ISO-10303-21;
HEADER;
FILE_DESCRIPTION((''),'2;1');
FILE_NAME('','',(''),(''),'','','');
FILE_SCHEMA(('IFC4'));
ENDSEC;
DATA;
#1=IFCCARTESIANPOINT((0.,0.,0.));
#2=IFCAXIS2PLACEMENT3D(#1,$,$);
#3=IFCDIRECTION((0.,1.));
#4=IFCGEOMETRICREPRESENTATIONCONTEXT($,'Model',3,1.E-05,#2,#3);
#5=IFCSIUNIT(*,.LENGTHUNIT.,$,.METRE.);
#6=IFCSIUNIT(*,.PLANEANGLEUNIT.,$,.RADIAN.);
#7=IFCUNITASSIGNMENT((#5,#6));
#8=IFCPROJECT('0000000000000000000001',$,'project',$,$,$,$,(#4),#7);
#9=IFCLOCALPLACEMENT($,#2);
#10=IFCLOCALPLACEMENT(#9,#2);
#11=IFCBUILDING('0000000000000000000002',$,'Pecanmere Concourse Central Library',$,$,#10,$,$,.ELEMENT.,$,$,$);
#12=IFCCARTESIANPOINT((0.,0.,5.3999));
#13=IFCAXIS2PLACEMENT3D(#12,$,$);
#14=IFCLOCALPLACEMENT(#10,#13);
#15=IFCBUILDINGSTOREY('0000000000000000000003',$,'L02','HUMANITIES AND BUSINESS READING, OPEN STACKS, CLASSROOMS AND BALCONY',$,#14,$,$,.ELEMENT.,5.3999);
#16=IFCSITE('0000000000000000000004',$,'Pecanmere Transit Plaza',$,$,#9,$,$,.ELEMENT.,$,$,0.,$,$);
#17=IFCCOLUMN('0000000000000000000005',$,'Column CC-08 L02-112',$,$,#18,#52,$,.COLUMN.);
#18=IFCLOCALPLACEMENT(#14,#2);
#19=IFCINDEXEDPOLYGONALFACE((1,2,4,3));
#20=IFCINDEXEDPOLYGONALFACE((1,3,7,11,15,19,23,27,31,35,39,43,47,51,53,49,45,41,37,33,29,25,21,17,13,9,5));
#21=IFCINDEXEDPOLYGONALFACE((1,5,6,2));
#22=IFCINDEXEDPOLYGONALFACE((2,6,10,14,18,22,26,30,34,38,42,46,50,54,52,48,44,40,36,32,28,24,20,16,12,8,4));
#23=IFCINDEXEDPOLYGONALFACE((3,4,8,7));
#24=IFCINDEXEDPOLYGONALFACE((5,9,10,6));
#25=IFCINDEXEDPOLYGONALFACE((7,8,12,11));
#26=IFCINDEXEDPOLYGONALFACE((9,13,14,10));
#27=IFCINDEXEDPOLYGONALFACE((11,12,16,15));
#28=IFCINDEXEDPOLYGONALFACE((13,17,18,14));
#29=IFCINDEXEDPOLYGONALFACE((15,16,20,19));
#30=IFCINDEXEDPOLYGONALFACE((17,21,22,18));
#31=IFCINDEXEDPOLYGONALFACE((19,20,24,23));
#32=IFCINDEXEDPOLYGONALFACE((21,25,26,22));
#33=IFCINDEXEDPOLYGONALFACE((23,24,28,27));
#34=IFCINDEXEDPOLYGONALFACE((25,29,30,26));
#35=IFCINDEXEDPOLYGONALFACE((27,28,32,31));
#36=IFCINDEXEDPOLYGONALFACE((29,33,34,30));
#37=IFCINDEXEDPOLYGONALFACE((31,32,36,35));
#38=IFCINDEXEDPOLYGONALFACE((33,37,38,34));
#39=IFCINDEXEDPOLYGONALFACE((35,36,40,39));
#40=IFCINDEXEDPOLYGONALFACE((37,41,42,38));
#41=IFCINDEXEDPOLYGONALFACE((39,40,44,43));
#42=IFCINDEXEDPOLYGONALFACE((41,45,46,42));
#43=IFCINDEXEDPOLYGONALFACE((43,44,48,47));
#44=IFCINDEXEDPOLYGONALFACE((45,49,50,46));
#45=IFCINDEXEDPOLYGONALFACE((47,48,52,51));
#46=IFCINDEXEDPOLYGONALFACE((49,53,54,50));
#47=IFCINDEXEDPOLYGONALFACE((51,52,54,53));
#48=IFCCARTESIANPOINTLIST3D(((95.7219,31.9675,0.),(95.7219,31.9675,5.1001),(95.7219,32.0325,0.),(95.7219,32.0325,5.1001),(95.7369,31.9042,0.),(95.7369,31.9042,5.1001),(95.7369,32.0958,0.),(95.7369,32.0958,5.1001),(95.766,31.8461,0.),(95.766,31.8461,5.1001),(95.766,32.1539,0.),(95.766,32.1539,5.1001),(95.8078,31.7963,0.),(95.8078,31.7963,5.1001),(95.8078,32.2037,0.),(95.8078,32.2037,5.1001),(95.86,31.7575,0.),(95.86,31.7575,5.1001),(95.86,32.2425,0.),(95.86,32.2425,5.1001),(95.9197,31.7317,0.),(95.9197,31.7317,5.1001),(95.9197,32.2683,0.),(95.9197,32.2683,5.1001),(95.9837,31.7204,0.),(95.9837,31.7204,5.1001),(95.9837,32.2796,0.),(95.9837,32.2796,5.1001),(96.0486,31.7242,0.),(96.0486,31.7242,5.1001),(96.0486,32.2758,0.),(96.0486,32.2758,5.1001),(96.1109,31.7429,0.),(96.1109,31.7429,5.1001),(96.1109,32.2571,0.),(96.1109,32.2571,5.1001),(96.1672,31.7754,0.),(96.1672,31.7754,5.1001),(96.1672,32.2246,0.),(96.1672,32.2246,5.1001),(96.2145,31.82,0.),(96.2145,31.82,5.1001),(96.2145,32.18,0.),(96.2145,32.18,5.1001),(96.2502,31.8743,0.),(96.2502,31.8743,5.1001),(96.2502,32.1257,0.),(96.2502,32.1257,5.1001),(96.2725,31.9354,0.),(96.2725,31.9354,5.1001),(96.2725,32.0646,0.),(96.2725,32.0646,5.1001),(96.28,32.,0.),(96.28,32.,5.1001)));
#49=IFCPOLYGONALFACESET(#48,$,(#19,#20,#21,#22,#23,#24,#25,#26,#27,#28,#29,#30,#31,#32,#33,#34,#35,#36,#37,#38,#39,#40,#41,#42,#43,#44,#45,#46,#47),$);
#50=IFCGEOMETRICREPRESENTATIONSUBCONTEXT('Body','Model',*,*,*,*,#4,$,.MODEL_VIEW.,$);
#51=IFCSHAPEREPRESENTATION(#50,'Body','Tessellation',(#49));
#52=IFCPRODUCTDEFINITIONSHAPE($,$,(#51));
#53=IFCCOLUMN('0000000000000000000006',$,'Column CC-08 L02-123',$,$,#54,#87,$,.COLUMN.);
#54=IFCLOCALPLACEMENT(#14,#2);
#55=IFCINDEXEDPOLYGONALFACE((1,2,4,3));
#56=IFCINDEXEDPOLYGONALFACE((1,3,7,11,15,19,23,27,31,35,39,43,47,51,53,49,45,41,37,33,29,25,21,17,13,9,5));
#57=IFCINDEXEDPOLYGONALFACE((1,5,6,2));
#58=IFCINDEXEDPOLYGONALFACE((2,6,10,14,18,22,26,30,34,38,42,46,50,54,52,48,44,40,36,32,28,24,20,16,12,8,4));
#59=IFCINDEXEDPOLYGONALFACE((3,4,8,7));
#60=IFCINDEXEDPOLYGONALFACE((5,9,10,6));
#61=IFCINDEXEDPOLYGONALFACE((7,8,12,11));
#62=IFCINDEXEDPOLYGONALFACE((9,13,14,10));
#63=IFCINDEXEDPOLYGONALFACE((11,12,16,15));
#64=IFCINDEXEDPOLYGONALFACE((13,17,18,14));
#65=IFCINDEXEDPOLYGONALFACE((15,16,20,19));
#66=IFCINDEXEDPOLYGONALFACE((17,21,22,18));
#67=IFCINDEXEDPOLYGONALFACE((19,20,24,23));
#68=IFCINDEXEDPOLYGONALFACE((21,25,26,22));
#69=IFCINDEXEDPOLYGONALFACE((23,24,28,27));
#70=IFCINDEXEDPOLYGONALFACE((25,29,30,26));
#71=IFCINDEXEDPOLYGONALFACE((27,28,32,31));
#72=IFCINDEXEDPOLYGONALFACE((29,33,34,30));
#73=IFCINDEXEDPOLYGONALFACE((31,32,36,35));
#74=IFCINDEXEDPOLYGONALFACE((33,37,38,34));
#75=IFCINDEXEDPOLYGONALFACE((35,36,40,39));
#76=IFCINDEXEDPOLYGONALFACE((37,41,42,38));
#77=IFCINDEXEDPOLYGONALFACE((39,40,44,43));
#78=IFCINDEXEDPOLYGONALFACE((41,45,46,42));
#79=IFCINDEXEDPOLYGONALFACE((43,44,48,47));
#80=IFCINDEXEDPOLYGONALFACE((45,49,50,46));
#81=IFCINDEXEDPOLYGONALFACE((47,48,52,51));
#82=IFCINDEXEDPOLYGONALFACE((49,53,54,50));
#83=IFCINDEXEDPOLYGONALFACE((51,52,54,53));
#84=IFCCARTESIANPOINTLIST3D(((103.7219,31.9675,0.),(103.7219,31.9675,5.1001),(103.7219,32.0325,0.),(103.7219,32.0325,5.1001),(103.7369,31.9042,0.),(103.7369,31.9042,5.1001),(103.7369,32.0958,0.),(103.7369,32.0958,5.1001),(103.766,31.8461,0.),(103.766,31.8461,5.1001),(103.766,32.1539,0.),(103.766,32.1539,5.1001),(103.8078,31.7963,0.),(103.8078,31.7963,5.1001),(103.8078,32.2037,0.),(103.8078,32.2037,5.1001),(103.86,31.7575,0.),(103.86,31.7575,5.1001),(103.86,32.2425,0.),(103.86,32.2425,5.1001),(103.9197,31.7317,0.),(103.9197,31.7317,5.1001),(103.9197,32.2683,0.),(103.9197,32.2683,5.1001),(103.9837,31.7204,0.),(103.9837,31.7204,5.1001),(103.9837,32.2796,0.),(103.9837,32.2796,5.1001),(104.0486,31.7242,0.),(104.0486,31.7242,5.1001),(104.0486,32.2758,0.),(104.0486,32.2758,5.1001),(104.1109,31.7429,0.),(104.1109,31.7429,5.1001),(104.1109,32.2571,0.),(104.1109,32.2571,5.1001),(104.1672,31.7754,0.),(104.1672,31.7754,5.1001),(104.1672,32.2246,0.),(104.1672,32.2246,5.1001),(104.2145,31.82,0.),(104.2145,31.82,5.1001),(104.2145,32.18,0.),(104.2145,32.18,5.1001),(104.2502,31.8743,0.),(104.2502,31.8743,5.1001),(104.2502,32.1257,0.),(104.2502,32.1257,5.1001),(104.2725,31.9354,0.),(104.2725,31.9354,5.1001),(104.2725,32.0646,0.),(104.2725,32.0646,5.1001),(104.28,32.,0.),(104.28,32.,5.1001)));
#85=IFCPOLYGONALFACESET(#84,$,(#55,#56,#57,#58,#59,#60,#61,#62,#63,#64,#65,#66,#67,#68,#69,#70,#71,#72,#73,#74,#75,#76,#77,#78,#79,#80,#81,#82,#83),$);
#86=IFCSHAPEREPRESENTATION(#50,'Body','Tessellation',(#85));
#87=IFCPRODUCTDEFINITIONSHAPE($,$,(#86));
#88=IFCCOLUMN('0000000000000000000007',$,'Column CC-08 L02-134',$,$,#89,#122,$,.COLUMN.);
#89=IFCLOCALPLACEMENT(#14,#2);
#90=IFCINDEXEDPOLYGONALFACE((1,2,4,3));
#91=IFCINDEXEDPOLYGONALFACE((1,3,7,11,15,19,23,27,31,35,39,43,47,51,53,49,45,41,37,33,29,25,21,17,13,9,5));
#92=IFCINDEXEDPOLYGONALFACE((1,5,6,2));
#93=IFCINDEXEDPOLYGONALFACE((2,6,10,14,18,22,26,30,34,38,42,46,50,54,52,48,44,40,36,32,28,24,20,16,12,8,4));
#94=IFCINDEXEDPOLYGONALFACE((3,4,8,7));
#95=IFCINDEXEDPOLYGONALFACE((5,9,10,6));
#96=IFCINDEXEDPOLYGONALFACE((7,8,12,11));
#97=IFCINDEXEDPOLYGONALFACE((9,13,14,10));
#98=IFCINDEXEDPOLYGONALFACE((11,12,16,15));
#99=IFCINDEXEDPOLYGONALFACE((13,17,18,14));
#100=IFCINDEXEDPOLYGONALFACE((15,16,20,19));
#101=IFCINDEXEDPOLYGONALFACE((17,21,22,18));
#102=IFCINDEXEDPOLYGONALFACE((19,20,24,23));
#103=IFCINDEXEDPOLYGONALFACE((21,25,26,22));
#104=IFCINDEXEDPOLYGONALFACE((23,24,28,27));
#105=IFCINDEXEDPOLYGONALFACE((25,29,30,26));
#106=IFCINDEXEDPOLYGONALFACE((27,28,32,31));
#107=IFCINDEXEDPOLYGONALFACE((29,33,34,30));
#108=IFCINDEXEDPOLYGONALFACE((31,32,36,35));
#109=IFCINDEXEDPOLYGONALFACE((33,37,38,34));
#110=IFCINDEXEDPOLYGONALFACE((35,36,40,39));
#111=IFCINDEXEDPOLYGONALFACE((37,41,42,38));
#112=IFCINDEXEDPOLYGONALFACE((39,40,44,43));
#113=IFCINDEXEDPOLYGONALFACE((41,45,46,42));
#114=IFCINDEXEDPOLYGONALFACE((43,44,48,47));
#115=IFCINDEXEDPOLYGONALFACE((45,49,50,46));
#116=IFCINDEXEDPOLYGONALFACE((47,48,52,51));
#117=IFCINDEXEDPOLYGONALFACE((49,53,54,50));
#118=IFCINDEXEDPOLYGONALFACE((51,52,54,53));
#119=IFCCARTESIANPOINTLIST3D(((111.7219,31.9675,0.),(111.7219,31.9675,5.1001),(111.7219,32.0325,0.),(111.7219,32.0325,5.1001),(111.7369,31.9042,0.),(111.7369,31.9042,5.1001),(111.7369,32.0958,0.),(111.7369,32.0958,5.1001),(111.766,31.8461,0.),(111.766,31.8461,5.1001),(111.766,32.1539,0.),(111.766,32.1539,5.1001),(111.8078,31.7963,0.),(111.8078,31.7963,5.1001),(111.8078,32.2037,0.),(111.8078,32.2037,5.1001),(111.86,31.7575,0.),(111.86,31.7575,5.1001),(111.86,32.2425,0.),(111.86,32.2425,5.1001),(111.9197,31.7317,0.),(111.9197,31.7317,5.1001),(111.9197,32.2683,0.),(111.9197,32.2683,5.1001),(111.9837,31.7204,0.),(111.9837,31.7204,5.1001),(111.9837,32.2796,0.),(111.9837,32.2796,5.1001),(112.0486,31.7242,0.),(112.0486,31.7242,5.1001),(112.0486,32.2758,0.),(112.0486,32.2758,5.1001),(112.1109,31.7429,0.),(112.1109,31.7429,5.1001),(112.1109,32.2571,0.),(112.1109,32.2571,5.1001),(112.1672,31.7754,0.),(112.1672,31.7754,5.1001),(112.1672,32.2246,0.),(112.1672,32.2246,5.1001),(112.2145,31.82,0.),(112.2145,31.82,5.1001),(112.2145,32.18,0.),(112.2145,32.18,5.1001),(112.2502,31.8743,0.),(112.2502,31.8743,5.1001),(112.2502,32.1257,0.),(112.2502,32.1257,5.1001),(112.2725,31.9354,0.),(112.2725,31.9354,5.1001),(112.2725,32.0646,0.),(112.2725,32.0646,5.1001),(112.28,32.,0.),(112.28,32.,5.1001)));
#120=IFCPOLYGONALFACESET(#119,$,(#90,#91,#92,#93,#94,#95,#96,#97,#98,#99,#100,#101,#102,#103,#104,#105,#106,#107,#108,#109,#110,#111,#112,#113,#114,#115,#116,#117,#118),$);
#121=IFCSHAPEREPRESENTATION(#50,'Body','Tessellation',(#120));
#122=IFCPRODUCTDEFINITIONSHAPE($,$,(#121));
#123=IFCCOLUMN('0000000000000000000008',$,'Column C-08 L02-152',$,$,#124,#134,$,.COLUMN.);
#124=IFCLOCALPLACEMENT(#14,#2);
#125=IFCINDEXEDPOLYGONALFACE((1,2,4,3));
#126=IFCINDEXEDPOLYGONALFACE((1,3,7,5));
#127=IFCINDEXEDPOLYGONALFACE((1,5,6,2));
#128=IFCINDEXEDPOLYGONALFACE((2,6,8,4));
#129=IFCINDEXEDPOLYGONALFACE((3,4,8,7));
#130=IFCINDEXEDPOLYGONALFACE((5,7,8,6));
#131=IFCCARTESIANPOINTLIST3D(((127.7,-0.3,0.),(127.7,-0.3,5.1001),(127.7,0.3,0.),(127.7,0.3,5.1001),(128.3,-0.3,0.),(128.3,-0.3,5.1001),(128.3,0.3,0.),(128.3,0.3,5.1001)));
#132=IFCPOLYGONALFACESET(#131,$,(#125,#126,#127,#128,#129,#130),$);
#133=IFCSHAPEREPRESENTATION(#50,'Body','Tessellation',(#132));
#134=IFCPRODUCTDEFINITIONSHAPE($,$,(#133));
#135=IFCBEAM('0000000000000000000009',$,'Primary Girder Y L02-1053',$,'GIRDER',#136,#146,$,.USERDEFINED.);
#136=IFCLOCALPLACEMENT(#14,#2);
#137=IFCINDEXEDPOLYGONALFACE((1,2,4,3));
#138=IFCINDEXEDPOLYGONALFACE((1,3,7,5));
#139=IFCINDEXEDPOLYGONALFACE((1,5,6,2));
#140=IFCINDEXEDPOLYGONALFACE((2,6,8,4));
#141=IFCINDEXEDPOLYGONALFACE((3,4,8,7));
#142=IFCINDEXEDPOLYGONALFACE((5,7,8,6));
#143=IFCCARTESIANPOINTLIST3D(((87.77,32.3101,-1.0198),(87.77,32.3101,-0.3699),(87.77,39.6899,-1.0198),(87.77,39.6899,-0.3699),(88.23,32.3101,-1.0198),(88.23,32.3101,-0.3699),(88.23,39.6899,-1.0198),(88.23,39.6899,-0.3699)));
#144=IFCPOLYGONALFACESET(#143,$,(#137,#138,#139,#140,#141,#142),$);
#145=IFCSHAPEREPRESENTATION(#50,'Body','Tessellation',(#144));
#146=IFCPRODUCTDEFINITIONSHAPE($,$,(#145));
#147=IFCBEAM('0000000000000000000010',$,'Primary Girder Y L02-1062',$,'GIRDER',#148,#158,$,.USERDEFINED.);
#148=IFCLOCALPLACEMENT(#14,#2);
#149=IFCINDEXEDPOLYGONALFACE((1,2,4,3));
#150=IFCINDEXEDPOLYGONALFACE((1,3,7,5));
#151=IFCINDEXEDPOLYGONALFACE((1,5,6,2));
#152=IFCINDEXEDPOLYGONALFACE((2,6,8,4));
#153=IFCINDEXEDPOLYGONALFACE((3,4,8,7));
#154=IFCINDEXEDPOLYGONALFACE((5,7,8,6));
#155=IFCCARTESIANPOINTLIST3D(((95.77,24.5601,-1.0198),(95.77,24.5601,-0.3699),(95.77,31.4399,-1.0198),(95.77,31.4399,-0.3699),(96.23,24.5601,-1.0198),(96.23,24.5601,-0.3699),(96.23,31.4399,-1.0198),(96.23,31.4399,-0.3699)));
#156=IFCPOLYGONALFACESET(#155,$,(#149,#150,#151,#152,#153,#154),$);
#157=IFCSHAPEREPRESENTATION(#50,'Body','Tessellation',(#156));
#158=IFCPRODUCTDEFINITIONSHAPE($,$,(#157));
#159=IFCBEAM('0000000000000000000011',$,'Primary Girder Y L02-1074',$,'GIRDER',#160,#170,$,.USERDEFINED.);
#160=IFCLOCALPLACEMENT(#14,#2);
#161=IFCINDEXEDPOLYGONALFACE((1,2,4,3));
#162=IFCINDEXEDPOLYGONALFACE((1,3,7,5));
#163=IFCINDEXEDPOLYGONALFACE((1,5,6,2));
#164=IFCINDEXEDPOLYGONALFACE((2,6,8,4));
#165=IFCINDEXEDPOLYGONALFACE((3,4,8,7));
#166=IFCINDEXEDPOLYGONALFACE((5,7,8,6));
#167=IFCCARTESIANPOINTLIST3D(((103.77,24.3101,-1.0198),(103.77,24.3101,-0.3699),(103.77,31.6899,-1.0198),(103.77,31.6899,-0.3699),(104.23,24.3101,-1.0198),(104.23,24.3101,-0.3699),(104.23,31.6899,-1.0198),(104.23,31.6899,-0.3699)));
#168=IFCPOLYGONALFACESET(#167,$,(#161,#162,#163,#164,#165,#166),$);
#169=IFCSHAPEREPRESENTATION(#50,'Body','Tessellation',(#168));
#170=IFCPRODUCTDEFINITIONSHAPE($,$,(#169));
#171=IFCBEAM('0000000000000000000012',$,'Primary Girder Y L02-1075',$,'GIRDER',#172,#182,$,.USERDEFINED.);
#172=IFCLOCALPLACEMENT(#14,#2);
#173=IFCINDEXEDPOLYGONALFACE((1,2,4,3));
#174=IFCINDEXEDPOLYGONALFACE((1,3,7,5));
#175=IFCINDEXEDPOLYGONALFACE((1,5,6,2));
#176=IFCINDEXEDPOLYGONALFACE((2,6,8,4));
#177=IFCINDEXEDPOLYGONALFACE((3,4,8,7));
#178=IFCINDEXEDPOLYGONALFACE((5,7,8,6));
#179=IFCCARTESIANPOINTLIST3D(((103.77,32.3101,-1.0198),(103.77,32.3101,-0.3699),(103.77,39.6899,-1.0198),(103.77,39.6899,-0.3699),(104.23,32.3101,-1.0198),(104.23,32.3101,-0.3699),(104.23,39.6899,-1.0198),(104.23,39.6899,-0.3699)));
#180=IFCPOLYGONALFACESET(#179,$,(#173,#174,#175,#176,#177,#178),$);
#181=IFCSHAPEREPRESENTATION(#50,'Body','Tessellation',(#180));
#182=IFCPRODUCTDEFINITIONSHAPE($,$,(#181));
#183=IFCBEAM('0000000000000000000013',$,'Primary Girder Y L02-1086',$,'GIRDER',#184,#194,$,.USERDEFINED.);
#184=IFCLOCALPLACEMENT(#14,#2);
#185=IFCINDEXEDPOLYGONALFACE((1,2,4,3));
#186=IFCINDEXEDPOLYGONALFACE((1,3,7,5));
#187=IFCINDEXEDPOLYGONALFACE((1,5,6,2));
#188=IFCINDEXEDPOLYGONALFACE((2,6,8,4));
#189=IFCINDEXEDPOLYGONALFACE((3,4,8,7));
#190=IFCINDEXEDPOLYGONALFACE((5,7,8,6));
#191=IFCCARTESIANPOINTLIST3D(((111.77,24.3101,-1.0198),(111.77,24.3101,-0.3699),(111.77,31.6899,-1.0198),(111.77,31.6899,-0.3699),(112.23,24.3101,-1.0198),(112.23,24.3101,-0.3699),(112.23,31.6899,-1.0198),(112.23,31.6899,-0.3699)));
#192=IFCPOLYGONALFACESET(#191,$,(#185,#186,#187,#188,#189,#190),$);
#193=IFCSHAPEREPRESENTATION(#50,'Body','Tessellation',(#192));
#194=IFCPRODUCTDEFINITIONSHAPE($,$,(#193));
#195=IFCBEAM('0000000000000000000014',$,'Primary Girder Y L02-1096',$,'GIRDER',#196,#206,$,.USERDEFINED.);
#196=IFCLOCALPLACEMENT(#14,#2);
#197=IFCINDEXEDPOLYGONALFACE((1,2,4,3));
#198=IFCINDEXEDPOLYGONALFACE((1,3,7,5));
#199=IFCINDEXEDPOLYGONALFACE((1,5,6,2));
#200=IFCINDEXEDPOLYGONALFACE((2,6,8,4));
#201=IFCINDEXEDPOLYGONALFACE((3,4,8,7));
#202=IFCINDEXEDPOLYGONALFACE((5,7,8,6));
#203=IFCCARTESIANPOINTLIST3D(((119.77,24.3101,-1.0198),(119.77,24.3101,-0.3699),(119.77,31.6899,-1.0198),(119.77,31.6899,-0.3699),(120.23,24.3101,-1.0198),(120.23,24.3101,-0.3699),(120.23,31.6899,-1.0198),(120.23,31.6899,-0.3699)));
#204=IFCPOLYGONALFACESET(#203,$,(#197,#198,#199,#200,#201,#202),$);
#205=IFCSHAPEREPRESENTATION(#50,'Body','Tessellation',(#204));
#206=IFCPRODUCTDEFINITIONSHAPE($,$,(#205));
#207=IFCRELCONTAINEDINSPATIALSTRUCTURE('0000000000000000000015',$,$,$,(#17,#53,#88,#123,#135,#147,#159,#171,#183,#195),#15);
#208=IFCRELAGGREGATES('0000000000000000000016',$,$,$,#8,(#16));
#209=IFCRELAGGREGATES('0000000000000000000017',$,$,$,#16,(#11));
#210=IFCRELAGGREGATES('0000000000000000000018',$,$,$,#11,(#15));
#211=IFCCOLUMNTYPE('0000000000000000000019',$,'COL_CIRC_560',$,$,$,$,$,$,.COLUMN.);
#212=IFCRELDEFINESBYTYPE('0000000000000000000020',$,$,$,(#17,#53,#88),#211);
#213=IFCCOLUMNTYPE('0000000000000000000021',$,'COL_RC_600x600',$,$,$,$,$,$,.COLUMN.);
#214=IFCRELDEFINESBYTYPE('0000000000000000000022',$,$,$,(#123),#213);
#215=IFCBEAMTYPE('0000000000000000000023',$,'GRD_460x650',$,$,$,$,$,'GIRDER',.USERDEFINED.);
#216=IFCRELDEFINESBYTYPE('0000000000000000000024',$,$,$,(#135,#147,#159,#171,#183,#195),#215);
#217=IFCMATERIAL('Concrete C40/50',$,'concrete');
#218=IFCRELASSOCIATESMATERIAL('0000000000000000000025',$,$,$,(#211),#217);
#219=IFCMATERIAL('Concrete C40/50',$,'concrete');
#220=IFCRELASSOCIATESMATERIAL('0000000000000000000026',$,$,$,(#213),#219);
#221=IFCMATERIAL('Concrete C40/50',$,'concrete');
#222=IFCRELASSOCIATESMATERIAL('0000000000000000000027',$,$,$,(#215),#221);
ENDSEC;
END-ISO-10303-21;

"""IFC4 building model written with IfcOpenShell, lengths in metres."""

from ifc_helpers import new_model, si_unit, direction, frame, origin, origin_2d, place, context, subcontext, project, spatial, rectangle, circle, extrude, material, material_profile, profile_set, type_object, element, save


model = new_model("IFC4")

# Units and contexts
model_context = context("Model", 3, precision=1e-05, world=origin(), true_north=direction((0.0, 1.0)))
body_context = subcontext(model_context, "Body", "Model", "MODEL_VIEW")
ifc_project = project(units=[si_unit("LENGTHUNIT", "METRE"), si_unit("PLANEANGLEUNIT", "RADIAN")], contexts=[model_context])

# Site, building, storey
site_placement = place(None, origin())
site = spatial("IfcSite", under=ifc_project, at=site_placement, Name="Pecanmere Transit Plaza", CompositionType="ELEMENT", RefElevation=0.0)
building_placement = place(site_placement, origin())
building = spatial("IfcBuilding", under=site, at=building_placement, Name="Pecanmere Concourse Central Library", CompositionType="ELEMENT")
storey_placement = place(building_placement, frame((0.0, 0.0, 5.3999)))
storey = spatial("IfcBuildingStorey", under=building, at=storey_placement, Name="L02", Description="HUMANITIES AND BUSINESS READING, OPEN STACKS, CLASSROOMS AND BALCONY", CompositionType="ELEMENT", Elevation=5.3999)

# Columns
ifc_material_1 = material(Name="Concrete C40/50", Category="concrete")
ifc_material_profile_1 = material_profile(ifc_material_1, circle(Radius=0.28, at=origin_2d()), Name="RC D560")
ifc_profile_set_1 = profile_set([ifc_material_profile_1], Name="Concrete C40/50")
column_type_1 = type_object("IfcColumnType", Name="COL_CIRC_560", PredefinedType="COLUMN", material=ifc_profile_set_1)
for number, where, z_axis, x_axis, name in (
    (1, (96.0, 32.0, 0.0), (0.0, 0.0, 1.0), (1.0, 0.0, 0.0), "Column CC-08 L02-112"),
    (2, (104.0, 32.0, 0.0), (0.0, 0.0, 1.0), (1.0, 0.0, 0.0), "Column CC-08 L02-123"),
    (3, (112.0, 32.0, 0.0), (0.0, 0.0, 1.0), (1.0, 0.0, 0.0), "Column CC-08 L02-134"),
):
    element("IfcColumn", number, at=place(storey_placement, frame(where, z_axis=z_axis, x_axis=x_axis)), inside=storey, type_object=column_type_1, Name=name, PredefinedType="COLUMN", context=body_context, shape_type="SweptSolid", body=[
        extrude(circle(Radius=0.28, at=origin_2d()), origin(), (0.0, 0.0, 1.0), 5.1001),
    ])
ifc_material_2 = material(Name="Concrete C40/50", Category="concrete")
ifc_material_profile_2 = material_profile(ifc_material_2, rectangle(XDim=0.6001, YDim=0.6001, at=origin_2d()), Name="RC 600x600")
ifc_profile_set_2 = profile_set([ifc_material_profile_2], Name="Concrete C40/50")
column_type_2 = type_object("IfcColumnType", Name="COL_RC_600x600", PredefinedType="COLUMN", material=ifc_profile_set_2)
column_placement = place(storey_placement, frame((128.0, 0.0, 0.0), z_axis=(0.0, 0.0, 1.0), x_axis=(1.0, 0.0, 0.0)))
element("IfcColumn", 4, at=column_placement, inside=storey, type_object=column_type_2, Name="Column C-08 L02-152", PredefinedType="COLUMN", context=body_context, shape_type="SweptSolid", body=[
    extrude(rectangle(XDim=0.6001, YDim=0.6001, at=origin_2d()), origin(), (0.0, 0.0, 1.0), 5.1001),
])

# Beams
ifc_material_3 = material(Name="Concrete C40/50", Category="concrete")
ifc_material_profile_3 = material_profile(ifc_material_3, rectangle(XDim=0.46, YDim=0.6499, at=origin_2d()), Name="RC 460x650")
ifc_profile_set_3 = profile_set([ifc_material_profile_3], Name="Concrete C40/50")
beam_type_1 = type_object("IfcBeamType", Name="GRD_460x650", ElementType="GIRDER", PredefinedType="USERDEFINED", material=ifc_profile_set_3)
beam_1_placement = place(storey_placement, frame((88.0, 32.3101, -0.6948), z_axis=(0.0, 1.0, 0.0), x_axis=(-1.0, 0.0, 0.0)))
element("IfcBeam", 5, at=beam_1_placement, inside=storey, type_object=beam_type_1, Name="Primary Girder Y L02-1053", ObjectType="GIRDER", PredefinedType="USERDEFINED", context=body_context, shape_type="SweptSolid", body=[
    extrude(rectangle(XDim=0.46, YDim=0.6499, at=origin_2d()), origin(), (0.0, 0.0, 1.0), 7.3799),
])
beam_2_placement = place(storey_placement, frame((96.0, 24.5601, -0.6948), z_axis=(0.0, 1.0, 0.0), x_axis=(-1.0, 0.0, 0.0)))
element("IfcBeam", 6, at=beam_2_placement, inside=storey, type_object=beam_type_1, Name="Primary Girder Y L02-1062", ObjectType="GIRDER", PredefinedType="USERDEFINED", context=body_context, shape_type="SweptSolid", body=[
    extrude(rectangle(XDim=0.46, YDim=0.6499, at=origin_2d()), origin(), (0.0, 0.0, 1.0), 6.8799),
])
for number, where, z_axis, x_axis, name in (
    (7, (104.0, 24.3101, -0.6948), (0.0, 1.0, 0.0), (-1.0, 0.0, 0.0), "Primary Girder Y L02-1074"),
    (8, (104.0, 32.3101, -0.6948), (0.0, 1.0, 0.0), (-1.0, 0.0, 0.0), "Primary Girder Y L02-1075"),
    (9, (112.0, 24.3101, -0.6948), (0.0, 1.0, 0.0), (-1.0, 0.0, 0.0), "Primary Girder Y L02-1086"),
    (10, (120.0, 24.3101, -0.6948), (0.0, 1.0, 0.0), (-1.0, 0.0, 0.0), "Primary Girder Y L02-1096"),
):
    element("IfcBeam", number, at=place(storey_placement, frame(where, z_axis=z_axis, x_axis=x_axis)), inside=storey, type_object=beam_type_1, Name=name, ObjectType="GIRDER", PredefinedType="USERDEFINED", context=body_context, shape_type="SweptSolid", body=[
        extrude(rectangle(XDim=0.46, YDim=0.6499, at=origin_2d()), origin(), (0.0, 0.0, 1.0), 7.3799),
    ])

save(model, "model.ifc")
